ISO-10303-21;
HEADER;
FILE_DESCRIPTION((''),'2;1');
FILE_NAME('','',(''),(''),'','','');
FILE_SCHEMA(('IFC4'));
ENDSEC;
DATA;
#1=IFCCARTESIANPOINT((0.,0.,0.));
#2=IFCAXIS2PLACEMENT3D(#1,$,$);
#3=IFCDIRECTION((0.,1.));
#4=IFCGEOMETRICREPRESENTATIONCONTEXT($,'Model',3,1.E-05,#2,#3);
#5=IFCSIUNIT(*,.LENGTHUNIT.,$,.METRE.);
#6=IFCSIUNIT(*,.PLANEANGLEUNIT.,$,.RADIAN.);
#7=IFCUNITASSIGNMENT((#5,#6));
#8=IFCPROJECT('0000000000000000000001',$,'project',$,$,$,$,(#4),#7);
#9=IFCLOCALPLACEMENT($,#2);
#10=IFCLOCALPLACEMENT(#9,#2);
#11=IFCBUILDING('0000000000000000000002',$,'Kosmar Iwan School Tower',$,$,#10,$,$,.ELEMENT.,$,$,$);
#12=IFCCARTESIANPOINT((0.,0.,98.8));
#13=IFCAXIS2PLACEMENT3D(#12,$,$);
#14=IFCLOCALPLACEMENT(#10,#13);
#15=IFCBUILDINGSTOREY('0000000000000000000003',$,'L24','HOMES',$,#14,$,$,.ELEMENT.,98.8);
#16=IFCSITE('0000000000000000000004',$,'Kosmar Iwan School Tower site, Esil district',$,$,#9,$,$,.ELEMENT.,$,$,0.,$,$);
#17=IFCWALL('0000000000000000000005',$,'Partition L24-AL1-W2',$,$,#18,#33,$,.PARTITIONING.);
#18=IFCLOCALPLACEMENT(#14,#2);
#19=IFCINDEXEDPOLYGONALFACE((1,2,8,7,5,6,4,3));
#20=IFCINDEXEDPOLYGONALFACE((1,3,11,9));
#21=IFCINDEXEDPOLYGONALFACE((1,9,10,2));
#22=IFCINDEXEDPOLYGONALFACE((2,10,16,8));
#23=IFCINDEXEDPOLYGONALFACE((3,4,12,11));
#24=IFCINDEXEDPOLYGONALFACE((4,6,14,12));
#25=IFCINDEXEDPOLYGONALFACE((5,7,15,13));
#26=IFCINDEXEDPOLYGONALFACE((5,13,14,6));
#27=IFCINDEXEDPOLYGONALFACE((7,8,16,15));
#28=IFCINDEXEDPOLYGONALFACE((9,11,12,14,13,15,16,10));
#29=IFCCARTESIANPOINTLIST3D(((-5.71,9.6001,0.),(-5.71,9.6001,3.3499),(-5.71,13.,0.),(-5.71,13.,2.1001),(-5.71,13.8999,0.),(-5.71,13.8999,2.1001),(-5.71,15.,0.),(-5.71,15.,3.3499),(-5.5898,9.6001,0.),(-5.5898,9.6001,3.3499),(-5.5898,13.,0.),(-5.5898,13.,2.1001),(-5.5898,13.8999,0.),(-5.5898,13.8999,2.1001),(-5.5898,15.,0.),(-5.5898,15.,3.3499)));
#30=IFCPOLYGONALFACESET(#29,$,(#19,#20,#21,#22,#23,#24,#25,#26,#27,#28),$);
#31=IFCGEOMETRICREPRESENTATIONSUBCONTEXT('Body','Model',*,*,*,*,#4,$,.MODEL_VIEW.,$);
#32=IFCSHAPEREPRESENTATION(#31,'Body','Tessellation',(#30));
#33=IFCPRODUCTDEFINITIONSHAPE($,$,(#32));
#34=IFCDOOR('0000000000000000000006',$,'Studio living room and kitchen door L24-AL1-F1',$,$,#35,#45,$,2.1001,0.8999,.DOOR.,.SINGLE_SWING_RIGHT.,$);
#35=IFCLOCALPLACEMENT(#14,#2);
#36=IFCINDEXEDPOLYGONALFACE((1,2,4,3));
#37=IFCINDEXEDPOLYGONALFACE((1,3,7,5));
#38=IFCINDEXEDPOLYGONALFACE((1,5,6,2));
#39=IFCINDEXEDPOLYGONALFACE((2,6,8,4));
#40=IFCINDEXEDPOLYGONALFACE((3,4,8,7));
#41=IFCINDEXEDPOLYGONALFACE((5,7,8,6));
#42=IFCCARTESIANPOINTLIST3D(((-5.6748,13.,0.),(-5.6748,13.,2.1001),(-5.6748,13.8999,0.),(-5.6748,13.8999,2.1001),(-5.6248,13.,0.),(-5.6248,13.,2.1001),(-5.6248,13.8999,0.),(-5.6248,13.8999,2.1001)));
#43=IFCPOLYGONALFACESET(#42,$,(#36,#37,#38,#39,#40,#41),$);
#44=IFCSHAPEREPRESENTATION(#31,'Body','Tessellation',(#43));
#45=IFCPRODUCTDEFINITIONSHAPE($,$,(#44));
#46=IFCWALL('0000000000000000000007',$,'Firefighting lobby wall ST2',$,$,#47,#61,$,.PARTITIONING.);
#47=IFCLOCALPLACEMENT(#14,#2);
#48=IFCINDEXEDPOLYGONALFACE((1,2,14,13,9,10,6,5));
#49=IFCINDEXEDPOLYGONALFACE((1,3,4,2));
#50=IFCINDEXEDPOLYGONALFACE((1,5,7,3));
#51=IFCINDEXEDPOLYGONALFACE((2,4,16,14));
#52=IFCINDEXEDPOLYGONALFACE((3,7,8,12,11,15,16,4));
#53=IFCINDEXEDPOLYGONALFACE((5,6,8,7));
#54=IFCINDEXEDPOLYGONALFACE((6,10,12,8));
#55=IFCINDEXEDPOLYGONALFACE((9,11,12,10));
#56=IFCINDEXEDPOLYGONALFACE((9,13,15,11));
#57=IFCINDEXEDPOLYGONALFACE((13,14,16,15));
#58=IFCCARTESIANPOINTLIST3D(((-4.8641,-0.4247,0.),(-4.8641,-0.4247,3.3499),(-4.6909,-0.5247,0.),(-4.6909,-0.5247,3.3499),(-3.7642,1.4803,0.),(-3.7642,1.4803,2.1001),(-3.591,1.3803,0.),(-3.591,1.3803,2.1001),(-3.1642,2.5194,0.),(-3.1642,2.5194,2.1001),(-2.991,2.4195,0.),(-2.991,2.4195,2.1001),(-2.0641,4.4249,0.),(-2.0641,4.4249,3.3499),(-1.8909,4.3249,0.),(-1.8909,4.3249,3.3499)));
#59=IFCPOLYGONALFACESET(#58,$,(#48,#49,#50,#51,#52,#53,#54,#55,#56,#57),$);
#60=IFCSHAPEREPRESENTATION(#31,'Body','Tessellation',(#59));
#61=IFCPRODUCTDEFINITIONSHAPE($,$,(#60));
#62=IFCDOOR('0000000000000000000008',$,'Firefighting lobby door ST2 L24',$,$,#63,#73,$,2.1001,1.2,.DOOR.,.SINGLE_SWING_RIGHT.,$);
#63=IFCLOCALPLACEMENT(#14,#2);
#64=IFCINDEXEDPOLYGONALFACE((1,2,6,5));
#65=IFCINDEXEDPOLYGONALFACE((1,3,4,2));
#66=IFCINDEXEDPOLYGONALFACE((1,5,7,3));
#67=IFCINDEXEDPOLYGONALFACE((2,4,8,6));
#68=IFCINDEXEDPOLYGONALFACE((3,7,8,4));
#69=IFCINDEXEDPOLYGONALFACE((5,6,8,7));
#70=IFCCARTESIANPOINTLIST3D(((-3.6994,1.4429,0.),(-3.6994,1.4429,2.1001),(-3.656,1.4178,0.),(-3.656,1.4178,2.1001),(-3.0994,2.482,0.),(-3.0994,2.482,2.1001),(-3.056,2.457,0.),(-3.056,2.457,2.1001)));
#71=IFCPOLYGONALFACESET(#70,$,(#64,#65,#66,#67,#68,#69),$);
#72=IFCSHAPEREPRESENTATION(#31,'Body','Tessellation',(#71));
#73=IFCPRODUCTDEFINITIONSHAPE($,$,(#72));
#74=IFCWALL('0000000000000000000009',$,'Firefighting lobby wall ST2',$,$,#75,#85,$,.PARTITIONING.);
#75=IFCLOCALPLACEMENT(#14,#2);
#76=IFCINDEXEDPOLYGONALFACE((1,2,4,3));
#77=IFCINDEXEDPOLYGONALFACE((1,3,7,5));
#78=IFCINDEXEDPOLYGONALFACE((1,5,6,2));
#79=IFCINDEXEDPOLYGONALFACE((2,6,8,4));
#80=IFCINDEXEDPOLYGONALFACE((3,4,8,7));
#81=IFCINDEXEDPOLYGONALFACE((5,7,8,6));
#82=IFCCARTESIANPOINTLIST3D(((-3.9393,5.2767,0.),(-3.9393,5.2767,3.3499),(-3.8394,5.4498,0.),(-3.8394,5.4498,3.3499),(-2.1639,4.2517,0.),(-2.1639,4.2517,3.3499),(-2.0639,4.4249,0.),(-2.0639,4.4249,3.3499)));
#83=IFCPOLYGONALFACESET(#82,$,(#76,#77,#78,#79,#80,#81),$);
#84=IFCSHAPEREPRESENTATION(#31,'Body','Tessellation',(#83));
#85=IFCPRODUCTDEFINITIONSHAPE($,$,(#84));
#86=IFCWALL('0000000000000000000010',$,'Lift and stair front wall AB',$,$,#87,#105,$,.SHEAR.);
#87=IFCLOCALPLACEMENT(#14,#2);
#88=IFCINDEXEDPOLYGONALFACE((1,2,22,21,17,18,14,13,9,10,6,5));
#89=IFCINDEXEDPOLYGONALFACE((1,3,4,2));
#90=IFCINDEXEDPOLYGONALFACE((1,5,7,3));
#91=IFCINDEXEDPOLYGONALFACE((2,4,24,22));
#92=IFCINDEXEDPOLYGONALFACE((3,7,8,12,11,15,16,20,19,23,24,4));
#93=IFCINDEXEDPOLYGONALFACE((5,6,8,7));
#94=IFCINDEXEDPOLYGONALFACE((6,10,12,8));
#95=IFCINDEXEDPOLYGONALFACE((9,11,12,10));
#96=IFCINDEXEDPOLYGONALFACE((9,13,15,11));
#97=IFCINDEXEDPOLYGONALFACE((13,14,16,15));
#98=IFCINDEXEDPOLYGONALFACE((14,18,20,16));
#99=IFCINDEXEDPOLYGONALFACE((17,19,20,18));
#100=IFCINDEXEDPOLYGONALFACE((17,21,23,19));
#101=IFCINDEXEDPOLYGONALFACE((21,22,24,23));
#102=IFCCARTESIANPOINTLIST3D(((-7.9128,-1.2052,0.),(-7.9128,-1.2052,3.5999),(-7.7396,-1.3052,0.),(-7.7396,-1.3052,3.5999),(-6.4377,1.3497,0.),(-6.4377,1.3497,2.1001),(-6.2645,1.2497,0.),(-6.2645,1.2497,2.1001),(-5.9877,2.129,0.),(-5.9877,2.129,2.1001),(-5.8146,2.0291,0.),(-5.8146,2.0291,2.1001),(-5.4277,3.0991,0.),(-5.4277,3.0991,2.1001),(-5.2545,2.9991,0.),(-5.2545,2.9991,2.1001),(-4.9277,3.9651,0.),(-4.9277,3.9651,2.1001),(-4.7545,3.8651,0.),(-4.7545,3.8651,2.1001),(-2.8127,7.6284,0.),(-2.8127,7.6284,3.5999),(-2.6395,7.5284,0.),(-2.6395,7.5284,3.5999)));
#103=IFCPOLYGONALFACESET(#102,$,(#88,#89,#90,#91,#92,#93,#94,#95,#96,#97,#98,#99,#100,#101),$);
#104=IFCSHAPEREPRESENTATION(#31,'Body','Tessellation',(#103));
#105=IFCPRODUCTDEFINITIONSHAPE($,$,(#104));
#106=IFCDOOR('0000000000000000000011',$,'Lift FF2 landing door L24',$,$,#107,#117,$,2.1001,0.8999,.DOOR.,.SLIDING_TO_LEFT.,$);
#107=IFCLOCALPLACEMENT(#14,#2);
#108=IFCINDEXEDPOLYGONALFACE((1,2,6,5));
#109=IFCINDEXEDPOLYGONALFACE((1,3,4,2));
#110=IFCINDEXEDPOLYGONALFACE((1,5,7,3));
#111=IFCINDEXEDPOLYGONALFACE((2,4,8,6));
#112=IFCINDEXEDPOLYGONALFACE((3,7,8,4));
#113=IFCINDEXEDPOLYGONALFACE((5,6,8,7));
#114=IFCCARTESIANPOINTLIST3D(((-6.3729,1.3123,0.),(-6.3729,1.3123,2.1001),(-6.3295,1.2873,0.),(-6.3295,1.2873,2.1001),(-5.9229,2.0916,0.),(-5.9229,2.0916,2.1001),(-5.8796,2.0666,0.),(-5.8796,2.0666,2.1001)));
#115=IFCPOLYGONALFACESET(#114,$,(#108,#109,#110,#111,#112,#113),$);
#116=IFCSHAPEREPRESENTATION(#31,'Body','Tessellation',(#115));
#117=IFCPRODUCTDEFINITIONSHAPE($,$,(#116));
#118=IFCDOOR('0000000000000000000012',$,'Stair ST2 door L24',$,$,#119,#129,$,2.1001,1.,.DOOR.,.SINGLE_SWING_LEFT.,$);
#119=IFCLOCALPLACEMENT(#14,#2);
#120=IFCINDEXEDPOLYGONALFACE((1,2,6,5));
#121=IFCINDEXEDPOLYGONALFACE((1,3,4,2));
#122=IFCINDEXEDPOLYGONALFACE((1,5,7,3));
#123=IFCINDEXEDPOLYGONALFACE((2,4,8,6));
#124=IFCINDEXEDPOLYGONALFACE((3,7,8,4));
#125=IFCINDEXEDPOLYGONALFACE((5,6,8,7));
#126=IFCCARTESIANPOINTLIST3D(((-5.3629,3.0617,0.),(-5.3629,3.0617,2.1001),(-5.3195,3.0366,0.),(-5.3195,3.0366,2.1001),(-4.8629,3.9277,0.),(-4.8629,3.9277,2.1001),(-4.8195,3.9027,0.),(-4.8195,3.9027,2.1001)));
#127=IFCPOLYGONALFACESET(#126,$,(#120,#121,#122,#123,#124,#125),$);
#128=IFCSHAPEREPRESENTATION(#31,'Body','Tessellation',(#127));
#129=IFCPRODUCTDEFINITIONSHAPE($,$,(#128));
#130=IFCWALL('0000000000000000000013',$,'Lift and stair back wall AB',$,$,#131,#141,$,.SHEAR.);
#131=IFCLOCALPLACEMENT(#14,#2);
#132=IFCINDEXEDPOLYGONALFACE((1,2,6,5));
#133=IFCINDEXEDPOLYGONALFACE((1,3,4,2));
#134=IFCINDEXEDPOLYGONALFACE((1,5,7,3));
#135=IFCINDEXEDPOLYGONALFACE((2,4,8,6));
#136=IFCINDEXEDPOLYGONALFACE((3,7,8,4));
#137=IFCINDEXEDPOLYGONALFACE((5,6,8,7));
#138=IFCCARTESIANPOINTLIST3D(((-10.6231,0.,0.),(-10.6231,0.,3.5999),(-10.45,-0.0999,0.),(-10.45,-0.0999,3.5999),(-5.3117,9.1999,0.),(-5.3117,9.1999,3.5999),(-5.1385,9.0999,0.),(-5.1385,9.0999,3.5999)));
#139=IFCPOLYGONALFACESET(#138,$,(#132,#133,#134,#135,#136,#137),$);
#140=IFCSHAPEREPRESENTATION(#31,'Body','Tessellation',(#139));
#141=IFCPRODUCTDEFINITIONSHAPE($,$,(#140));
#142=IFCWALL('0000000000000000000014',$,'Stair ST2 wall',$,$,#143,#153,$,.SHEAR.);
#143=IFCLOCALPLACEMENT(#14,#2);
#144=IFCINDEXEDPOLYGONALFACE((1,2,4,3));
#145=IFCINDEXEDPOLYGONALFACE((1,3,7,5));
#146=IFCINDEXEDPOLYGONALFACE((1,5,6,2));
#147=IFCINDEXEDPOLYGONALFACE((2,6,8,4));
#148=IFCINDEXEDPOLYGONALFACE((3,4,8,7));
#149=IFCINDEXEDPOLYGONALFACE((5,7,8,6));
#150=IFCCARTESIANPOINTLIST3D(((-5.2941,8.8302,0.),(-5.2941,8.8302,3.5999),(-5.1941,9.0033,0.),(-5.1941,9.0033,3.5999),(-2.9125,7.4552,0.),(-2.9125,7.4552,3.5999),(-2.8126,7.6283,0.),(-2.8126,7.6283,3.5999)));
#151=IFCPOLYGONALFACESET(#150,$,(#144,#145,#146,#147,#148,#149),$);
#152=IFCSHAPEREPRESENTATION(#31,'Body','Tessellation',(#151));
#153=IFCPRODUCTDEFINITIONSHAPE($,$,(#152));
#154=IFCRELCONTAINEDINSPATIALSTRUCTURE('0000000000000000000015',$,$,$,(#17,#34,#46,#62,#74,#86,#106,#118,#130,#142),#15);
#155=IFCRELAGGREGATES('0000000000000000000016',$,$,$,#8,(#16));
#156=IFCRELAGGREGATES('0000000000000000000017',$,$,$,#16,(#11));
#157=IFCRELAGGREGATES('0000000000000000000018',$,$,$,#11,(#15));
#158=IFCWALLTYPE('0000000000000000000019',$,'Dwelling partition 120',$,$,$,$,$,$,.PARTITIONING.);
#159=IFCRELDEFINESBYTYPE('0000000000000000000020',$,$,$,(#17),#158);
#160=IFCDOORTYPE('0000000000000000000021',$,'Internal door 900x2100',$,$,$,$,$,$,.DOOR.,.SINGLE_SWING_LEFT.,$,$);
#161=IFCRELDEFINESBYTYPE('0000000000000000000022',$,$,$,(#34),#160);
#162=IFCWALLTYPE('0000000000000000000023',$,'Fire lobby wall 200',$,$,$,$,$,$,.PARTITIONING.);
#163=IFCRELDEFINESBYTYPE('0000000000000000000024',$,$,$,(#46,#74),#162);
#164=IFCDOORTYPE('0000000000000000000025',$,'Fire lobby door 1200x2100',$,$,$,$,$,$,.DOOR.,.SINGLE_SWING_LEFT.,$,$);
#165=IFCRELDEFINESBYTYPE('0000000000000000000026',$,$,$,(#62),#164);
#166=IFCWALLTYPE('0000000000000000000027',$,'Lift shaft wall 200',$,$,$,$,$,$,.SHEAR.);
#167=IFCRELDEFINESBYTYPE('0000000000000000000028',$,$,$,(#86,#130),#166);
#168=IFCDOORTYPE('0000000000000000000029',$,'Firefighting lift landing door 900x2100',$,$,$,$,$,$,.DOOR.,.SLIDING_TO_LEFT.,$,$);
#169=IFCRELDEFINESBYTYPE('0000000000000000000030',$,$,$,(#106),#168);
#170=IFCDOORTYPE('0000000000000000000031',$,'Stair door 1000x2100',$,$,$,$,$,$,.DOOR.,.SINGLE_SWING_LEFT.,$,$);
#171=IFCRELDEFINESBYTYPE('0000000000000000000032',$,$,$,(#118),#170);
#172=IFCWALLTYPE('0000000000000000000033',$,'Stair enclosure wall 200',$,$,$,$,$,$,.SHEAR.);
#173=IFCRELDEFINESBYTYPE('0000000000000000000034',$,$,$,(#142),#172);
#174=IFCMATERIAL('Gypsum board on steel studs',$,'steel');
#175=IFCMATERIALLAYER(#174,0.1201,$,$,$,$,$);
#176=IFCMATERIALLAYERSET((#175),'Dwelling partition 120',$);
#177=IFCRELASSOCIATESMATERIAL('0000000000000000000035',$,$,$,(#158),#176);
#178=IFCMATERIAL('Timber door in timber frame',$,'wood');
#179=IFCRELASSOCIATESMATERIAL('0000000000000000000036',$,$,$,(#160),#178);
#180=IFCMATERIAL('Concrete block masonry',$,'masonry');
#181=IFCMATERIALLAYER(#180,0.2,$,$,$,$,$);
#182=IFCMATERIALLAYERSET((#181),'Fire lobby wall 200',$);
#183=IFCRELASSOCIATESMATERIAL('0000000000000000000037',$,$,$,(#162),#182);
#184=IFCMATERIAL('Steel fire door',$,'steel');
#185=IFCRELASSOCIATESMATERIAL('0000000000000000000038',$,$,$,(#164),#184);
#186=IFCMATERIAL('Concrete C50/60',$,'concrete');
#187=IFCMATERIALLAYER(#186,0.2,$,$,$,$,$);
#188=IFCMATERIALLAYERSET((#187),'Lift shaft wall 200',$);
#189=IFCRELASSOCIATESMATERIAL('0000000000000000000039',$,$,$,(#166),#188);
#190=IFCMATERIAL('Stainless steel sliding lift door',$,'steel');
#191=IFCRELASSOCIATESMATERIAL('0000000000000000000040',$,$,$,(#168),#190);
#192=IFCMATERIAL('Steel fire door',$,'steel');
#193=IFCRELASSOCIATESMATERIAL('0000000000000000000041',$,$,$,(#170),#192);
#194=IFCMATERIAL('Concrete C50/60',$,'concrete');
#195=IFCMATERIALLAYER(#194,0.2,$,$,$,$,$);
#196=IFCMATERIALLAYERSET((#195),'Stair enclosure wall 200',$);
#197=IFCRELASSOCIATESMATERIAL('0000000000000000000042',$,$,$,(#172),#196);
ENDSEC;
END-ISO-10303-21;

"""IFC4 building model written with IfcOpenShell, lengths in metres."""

from ifc_helpers import new_model, si_unit, direction, frame, frame_2d, origin, place, context, subcontext, project, spatial, rectangle, extrude, material, layer, layer_set, type_object, element, fill, save


model = new_model("IFC4")

# Units and contexts
model_context = context("Model", 3, precision=1e-05, world=origin(), true_north=direction((0.0, 1.0)))
body_context = subcontext(model_context, "Body", "Model", "MODEL_VIEW")
ifc_project = project(units=[si_unit("LENGTHUNIT", "METRE"), si_unit("PLANEANGLEUNIT", "RADIAN")], contexts=[model_context])

# Site, building, storey
site_placement = place(None, origin())
site = spatial("IfcSite", under=ifc_project, at=site_placement, Name="Kosmar Iwan School Tower site, Esil district", CompositionType="ELEMENT", RefElevation=0.0)
building_placement = place(site_placement, origin())
building = spatial("IfcBuilding", under=site, at=building_placement, Name="Kosmar Iwan School Tower", CompositionType="ELEMENT")
storey_placement = place(building_placement, frame((0.0, 0.0, 98.8)))
storey = spatial("IfcBuildingStorey", under=building, at=storey_placement, Name="L24", Description="HOMES", CompositionType="ELEMENT", Elevation=98.8)

# Shared definitions
ifc_material_1 = material(Name="Gypsum board on steel studs", Category="steel")
ifc_layer_1 = layer(ifc_material_1, 0.1201)
ifc_layer_set_1 = layer_set([ifc_layer_1], Name="Dwelling partition 120")
wall_type_1 = type_object("IfcWallType", Name="Dwelling partition 120", PredefinedType="PARTITIONING", material=ifc_layer_set_1)
ifc_material_2 = material(Name="Timber door in timber frame", Category="wood")
door_type_1 = type_object("IfcDoorType", Name="Internal door 900x2100", OperationType="SINGLE_SWING_LEFT", PredefinedType="DOOR", material=ifc_material_2)

# Walls, openings, doors
wall_1_placement = place(storey_placement, frame((-5.6499, 9.6001, 0.0), z_axis=(0.0, 0.0, 1.0), x_axis=(0.0, 1.0, 0.0)))
wall_1 = element("IfcWall", 1, at=wall_1_placement, inside=storey, type_object=wall_type_1, Name="Partition L24-AL1-W2", PredefinedType="PARTITIONING", context=body_context, shape_type="SweptSolid", body=[
    extrude(rectangle(XDim=5.3999, YDim=0.1201, at=frame_2d((2.7, 0.0))), origin(), (0.0, 0.0, 1.0), 3.3499),
])
opening_1_placement = place(wall_1_placement, frame((3.3999, 0.0, 0.0)))
opening_1 = element("IfcOpeningElement", 2, at=opening_1_placement, cuts=wall_1, PredefinedType="OPENING", context=body_context, shape_type="SweptSolid", body=[
    extrude(rectangle(XDim=0.8999, YDim=2.1001, at=frame_2d((0.45, 1.05))), frame((0.0, 0.072, 0.0), z_axis=(0.0, -1.0, 0.0), x_axis=(1.0, 0.0, 0.0)), (0.0, 0.0, 1.0), 0.144),
])
door_1_placement = place(opening_1_placement, origin())
door_1 = element("IfcDoor", 3, at=door_1_placement, inside=storey, type_object=door_type_1, Name="Studio living room and kitchen door L24-AL1-F1", OperationType="SINGLE_SWING_RIGHT", OverallHeight=2.1001, OverallWidth=0.8999, PredefinedType="DOOR", context=body_context, shape_type="SweptSolid", body=[
    extrude(rectangle(XDim=0.8999, YDim=2.1001, at=frame_2d((0.45, 1.05))), frame((0.0, 0.0249, 0.0), z_axis=(0.0, -1.0, 0.0), x_axis=(1.0, 0.0, 0.0)), (0.0, 0.0, 1.0), 0.05),
])
fill(opening_1, door_1)
ifc_material_3 = material(Name="Concrete block masonry", Category="masonry")
ifc_layer_2 = layer(ifc_material_3, 0.2)
ifc_layer_set_2 = layer_set([ifc_layer_2], Name="Fire lobby wall 200")
wall_type_2 = type_object("IfcWallType", Name="Fire lobby wall 200", PredefinedType="PARTITIONING", material=ifc_layer_set_2)
wall_2_placement = place(storey_placement, frame((-1.9775, 4.3748, 0.0), z_axis=(0.0, 0.0, 1.0), x_axis=(-0.500017, -0.866016, 0.0)))
wall_2 = element("IfcWall", 4, at=wall_2_placement, inside=storey, type_object=wall_type_2, Name="Firefighting lobby wall ST2", PredefinedType="PARTITIONING", context=body_context, shape_type="SweptSolid", body=[
    extrude(rectangle(XDim=5.5999, YDim=0.2, at=frame_2d((2.7998, 0.0))), origin(), (0.0, 0.0, 1.0), 3.3499),
])
opening_2_placement = place(wall_2_placement, frame((2.2, 0.0, 0.0)))
opening_2 = element("IfcOpeningElement", 5, at=opening_2_placement, cuts=wall_2, PredefinedType="OPENING", context=body_context, shape_type="SweptSolid", body=[
    extrude(rectangle(XDim=1.2, YDim=2.1001, at=frame_2d((0.6001, 1.05))), frame((0.0, 0.1121, 0.0), z_axis=(0.0, -1.0, 0.0), x_axis=(1.0, 0.0, 0.0)), (0.0, 0.0, 1.0), 0.2239),
])
ifc_material_4 = material(Name="Steel fire door", Category="steel")
door_type_2 = type_object("IfcDoorType", Name="Fire lobby door 1200x2100", OperationType="SINGLE_SWING_LEFT", PredefinedType="DOOR", material=ifc_material_4)
door_2_placement = place(opening_2_placement, origin())
door_2 = element("IfcDoor", 6, at=door_2_placement, inside=storey, type_object=door_type_2, Name="Firefighting lobby door ST2 L24", OperationType="SINGLE_SWING_RIGHT", OverallHeight=2.1001, OverallWidth=1.2, PredefinedType="DOOR", context=body_context, shape_type="SweptSolid", body=[
    extrude(rectangle(XDim=1.2, YDim=2.1001, at=frame_2d((0.6001, 1.05))), frame((0.0, 0.0249, 0.0), z_axis=(0.0, -1.0, 0.0), x_axis=(1.0, 0.0, 0.0)), (0.0, 0.0, 1.0), 0.05),
])
fill(opening_2, door_2)

# Wall
wall_3_placement = place(storey_placement, frame((-2.114, 4.3384, 0.0), z_axis=(0.0, 0.0, 1.0), x_axis=(-0.866051, 0.499956, 0.0)))
element("IfcWall", 7, at=wall_3_placement, inside=storey, type_object=wall_type_2, Name="Firefighting lobby wall ST2", PredefinedType="PARTITIONING", context=body_context, shape_type="SweptSolid", body=[
    extrude(rectangle(XDim=2.05, YDim=0.2, at=frame_2d((1.0249, 0.0))), origin(), (0.0, 0.0, 1.0), 3.3499),
])

# Wall, openings, doors
ifc_material_5 = material(Name="Concrete C50/60", Category="concrete")
ifc_layer_3 = layer(ifc_material_5, 0.2)
ifc_layer_set_3 = layer_set([ifc_layer_3], Name="Lift shaft wall 200")
wall_type_3 = type_object("IfcWallType", Name="Lift shaft wall 200", PredefinedType="SHEAR", material=ifc_layer_set_3)
wall_4_placement = place(storey_placement, frame((-2.7261, 7.5784, 0.0), z_axis=(0.0, 0.0, 1.0), x_axis=(-0.500006, -0.866022, 0.0)))
wall_4 = element("IfcWall", 8, at=wall_4_placement, inside=storey, type_object=wall_type_3, Name="Lift and stair front wall AB", PredefinedType="SHEAR", context=body_context, shape_type="SweptSolid", body=[
    extrude(rectangle(XDim=10.2002, YDim=0.2, at=frame_2d((5.1001, 0.0))), origin(), (0.0, 0.0, 1.0), 3.5999),
])
opening_3_placement = place(wall_4_placement, frame((6.3501, 0.0, 0.0)))
opening_3 = element("IfcOpeningElement", 9, at=opening_3_placement, cuts=wall_4, PredefinedType="OPENING", context=body_context, shape_type="SweptSolid", body=[
    extrude(rectangle(XDim=0.8999, YDim=2.1001, at=frame_2d((0.45, 1.05))), frame((0.0, 0.1121, 0.0), z_axis=(0.0, -1.0, 0.0), x_axis=(1.0, 0.0, 0.0)), (0.0, 0.0, 1.0), 0.2239),
])
opening_4_placement = place(wall_4_placement, frame((4.23, 0.0, 0.0)))
opening_4 = element("IfcOpeningElement", 10, at=opening_4_placement, cuts=wall_4, PredefinedType="OPENING", context=body_context, shape_type="SweptSolid", body=[
    extrude(rectangle(XDim=1.0, YDim=2.1001, at=frame_2d((0.5, 1.05))), frame((0.0, 0.1121, 0.0), z_axis=(0.0, -1.0, 0.0), x_axis=(1.0, 0.0, 0.0)), (0.0, 0.0, 1.0), 0.2239),
])
ifc_material_6 = material(Name="Stainless steel sliding lift door", Category="steel")
door_type_3 = type_object("IfcDoorType", Name="Firefighting lift landing door 900x2100", OperationType="SLIDING_TO_LEFT", PredefinedType="DOOR", material=ifc_material_6)
door_3_placement = place(opening_3_placement, origin())
door_3 = element("IfcDoor", 11, at=door_3_placement, inside=storey, type_object=door_type_3, Name="Lift FF2 landing door L24", OperationType="SLIDING_TO_LEFT", OverallHeight=2.1001, OverallWidth=0.8999, PredefinedType="DOOR", context=body_context, shape_type="SweptSolid", body=[
    extrude(rectangle(XDim=0.8999, YDim=2.1001, at=frame_2d((0.45, 1.05))), frame((0.0, 0.0249, 0.0), z_axis=(0.0, -1.0, 0.0), x_axis=(1.0, 0.0, 0.0)), (0.0, 0.0, 1.0), 0.05),
])
fill(opening_3, door_3)
ifc_material_7 = material(Name="Steel fire door", Category="steel")
door_type_4 = type_object("IfcDoorType", Name="Stair door 1000x2100", OperationType="SINGLE_SWING_LEFT", PredefinedType="DOOR", material=ifc_material_7)
door_4_placement = place(opening_4_placement, origin())
door_4 = element("IfcDoor", 12, at=door_4_placement, inside=storey, type_object=door_type_4, Name="Stair ST2 door L24", OperationType="SINGLE_SWING_LEFT", OverallHeight=2.1001, OverallWidth=1.0, PredefinedType="DOOR", context=body_context, shape_type="SweptSolid", body=[
    extrude(rectangle(XDim=1.0, YDim=2.1001, at=frame_2d((0.5, 1.05))), frame((0.0, 0.0249, 0.0), z_axis=(0.0, -1.0, 0.0), x_axis=(1.0, 0.0, 0.0)), (0.0, 0.0, 1.0), 0.05),
])
fill(opening_4, door_4)

# Walls
wall_5_placement = place(storey_placement, frame((-5.2251, 9.1499, 0.0), z_axis=(0.0, 0.0, 1.0), x_axis=(-0.499995, -0.866028, 0.0)))
element("IfcWall", 13, at=wall_5_placement, inside=storey, type_object=wall_type_3, Name="Lift and stair back wall AB", PredefinedType="SHEAR", context=body_context, shape_type="SweptSolid", body=[
    extrude(rectangle(XDim=10.623, YDim=0.2, at=frame_2d((5.3115, 0.0))), origin(), (0.0, 0.0, 1.0), 3.5999),
])
ifc_material_8 = material(Name="Concrete C50/60", Category="concrete")
ifc_layer_4 = layer(ifc_material_8, 0.2)
ifc_layer_set_4 = layer_set([ifc_layer_4], Name="Stair enclosure wall 200")
wall_type_4 = type_object("IfcWallType", Name="Stair enclosure wall 200", PredefinedType="SHEAR", material=ifc_layer_set_4)
wall_6_placement = place(storey_placement, frame((-2.8625, 7.5417, 0.0), z_axis=(0.0, 0.0, 1.0), x_axis=(-0.866027, 0.499997, 0.0)))
element("IfcWall", 14, at=wall_6_placement, inside=storey, type_object=wall_type_4, Name="Stair ST2 wall", PredefinedType="SHEAR", context=body_context, shape_type="SweptSolid", body=[
    extrude(rectangle(XDim=2.75, YDim=0.2, at=frame_2d((1.375, 0.0))), origin(), (0.0, 0.0, 1.0), 3.5999),
])

save(model, "model.ifc")
